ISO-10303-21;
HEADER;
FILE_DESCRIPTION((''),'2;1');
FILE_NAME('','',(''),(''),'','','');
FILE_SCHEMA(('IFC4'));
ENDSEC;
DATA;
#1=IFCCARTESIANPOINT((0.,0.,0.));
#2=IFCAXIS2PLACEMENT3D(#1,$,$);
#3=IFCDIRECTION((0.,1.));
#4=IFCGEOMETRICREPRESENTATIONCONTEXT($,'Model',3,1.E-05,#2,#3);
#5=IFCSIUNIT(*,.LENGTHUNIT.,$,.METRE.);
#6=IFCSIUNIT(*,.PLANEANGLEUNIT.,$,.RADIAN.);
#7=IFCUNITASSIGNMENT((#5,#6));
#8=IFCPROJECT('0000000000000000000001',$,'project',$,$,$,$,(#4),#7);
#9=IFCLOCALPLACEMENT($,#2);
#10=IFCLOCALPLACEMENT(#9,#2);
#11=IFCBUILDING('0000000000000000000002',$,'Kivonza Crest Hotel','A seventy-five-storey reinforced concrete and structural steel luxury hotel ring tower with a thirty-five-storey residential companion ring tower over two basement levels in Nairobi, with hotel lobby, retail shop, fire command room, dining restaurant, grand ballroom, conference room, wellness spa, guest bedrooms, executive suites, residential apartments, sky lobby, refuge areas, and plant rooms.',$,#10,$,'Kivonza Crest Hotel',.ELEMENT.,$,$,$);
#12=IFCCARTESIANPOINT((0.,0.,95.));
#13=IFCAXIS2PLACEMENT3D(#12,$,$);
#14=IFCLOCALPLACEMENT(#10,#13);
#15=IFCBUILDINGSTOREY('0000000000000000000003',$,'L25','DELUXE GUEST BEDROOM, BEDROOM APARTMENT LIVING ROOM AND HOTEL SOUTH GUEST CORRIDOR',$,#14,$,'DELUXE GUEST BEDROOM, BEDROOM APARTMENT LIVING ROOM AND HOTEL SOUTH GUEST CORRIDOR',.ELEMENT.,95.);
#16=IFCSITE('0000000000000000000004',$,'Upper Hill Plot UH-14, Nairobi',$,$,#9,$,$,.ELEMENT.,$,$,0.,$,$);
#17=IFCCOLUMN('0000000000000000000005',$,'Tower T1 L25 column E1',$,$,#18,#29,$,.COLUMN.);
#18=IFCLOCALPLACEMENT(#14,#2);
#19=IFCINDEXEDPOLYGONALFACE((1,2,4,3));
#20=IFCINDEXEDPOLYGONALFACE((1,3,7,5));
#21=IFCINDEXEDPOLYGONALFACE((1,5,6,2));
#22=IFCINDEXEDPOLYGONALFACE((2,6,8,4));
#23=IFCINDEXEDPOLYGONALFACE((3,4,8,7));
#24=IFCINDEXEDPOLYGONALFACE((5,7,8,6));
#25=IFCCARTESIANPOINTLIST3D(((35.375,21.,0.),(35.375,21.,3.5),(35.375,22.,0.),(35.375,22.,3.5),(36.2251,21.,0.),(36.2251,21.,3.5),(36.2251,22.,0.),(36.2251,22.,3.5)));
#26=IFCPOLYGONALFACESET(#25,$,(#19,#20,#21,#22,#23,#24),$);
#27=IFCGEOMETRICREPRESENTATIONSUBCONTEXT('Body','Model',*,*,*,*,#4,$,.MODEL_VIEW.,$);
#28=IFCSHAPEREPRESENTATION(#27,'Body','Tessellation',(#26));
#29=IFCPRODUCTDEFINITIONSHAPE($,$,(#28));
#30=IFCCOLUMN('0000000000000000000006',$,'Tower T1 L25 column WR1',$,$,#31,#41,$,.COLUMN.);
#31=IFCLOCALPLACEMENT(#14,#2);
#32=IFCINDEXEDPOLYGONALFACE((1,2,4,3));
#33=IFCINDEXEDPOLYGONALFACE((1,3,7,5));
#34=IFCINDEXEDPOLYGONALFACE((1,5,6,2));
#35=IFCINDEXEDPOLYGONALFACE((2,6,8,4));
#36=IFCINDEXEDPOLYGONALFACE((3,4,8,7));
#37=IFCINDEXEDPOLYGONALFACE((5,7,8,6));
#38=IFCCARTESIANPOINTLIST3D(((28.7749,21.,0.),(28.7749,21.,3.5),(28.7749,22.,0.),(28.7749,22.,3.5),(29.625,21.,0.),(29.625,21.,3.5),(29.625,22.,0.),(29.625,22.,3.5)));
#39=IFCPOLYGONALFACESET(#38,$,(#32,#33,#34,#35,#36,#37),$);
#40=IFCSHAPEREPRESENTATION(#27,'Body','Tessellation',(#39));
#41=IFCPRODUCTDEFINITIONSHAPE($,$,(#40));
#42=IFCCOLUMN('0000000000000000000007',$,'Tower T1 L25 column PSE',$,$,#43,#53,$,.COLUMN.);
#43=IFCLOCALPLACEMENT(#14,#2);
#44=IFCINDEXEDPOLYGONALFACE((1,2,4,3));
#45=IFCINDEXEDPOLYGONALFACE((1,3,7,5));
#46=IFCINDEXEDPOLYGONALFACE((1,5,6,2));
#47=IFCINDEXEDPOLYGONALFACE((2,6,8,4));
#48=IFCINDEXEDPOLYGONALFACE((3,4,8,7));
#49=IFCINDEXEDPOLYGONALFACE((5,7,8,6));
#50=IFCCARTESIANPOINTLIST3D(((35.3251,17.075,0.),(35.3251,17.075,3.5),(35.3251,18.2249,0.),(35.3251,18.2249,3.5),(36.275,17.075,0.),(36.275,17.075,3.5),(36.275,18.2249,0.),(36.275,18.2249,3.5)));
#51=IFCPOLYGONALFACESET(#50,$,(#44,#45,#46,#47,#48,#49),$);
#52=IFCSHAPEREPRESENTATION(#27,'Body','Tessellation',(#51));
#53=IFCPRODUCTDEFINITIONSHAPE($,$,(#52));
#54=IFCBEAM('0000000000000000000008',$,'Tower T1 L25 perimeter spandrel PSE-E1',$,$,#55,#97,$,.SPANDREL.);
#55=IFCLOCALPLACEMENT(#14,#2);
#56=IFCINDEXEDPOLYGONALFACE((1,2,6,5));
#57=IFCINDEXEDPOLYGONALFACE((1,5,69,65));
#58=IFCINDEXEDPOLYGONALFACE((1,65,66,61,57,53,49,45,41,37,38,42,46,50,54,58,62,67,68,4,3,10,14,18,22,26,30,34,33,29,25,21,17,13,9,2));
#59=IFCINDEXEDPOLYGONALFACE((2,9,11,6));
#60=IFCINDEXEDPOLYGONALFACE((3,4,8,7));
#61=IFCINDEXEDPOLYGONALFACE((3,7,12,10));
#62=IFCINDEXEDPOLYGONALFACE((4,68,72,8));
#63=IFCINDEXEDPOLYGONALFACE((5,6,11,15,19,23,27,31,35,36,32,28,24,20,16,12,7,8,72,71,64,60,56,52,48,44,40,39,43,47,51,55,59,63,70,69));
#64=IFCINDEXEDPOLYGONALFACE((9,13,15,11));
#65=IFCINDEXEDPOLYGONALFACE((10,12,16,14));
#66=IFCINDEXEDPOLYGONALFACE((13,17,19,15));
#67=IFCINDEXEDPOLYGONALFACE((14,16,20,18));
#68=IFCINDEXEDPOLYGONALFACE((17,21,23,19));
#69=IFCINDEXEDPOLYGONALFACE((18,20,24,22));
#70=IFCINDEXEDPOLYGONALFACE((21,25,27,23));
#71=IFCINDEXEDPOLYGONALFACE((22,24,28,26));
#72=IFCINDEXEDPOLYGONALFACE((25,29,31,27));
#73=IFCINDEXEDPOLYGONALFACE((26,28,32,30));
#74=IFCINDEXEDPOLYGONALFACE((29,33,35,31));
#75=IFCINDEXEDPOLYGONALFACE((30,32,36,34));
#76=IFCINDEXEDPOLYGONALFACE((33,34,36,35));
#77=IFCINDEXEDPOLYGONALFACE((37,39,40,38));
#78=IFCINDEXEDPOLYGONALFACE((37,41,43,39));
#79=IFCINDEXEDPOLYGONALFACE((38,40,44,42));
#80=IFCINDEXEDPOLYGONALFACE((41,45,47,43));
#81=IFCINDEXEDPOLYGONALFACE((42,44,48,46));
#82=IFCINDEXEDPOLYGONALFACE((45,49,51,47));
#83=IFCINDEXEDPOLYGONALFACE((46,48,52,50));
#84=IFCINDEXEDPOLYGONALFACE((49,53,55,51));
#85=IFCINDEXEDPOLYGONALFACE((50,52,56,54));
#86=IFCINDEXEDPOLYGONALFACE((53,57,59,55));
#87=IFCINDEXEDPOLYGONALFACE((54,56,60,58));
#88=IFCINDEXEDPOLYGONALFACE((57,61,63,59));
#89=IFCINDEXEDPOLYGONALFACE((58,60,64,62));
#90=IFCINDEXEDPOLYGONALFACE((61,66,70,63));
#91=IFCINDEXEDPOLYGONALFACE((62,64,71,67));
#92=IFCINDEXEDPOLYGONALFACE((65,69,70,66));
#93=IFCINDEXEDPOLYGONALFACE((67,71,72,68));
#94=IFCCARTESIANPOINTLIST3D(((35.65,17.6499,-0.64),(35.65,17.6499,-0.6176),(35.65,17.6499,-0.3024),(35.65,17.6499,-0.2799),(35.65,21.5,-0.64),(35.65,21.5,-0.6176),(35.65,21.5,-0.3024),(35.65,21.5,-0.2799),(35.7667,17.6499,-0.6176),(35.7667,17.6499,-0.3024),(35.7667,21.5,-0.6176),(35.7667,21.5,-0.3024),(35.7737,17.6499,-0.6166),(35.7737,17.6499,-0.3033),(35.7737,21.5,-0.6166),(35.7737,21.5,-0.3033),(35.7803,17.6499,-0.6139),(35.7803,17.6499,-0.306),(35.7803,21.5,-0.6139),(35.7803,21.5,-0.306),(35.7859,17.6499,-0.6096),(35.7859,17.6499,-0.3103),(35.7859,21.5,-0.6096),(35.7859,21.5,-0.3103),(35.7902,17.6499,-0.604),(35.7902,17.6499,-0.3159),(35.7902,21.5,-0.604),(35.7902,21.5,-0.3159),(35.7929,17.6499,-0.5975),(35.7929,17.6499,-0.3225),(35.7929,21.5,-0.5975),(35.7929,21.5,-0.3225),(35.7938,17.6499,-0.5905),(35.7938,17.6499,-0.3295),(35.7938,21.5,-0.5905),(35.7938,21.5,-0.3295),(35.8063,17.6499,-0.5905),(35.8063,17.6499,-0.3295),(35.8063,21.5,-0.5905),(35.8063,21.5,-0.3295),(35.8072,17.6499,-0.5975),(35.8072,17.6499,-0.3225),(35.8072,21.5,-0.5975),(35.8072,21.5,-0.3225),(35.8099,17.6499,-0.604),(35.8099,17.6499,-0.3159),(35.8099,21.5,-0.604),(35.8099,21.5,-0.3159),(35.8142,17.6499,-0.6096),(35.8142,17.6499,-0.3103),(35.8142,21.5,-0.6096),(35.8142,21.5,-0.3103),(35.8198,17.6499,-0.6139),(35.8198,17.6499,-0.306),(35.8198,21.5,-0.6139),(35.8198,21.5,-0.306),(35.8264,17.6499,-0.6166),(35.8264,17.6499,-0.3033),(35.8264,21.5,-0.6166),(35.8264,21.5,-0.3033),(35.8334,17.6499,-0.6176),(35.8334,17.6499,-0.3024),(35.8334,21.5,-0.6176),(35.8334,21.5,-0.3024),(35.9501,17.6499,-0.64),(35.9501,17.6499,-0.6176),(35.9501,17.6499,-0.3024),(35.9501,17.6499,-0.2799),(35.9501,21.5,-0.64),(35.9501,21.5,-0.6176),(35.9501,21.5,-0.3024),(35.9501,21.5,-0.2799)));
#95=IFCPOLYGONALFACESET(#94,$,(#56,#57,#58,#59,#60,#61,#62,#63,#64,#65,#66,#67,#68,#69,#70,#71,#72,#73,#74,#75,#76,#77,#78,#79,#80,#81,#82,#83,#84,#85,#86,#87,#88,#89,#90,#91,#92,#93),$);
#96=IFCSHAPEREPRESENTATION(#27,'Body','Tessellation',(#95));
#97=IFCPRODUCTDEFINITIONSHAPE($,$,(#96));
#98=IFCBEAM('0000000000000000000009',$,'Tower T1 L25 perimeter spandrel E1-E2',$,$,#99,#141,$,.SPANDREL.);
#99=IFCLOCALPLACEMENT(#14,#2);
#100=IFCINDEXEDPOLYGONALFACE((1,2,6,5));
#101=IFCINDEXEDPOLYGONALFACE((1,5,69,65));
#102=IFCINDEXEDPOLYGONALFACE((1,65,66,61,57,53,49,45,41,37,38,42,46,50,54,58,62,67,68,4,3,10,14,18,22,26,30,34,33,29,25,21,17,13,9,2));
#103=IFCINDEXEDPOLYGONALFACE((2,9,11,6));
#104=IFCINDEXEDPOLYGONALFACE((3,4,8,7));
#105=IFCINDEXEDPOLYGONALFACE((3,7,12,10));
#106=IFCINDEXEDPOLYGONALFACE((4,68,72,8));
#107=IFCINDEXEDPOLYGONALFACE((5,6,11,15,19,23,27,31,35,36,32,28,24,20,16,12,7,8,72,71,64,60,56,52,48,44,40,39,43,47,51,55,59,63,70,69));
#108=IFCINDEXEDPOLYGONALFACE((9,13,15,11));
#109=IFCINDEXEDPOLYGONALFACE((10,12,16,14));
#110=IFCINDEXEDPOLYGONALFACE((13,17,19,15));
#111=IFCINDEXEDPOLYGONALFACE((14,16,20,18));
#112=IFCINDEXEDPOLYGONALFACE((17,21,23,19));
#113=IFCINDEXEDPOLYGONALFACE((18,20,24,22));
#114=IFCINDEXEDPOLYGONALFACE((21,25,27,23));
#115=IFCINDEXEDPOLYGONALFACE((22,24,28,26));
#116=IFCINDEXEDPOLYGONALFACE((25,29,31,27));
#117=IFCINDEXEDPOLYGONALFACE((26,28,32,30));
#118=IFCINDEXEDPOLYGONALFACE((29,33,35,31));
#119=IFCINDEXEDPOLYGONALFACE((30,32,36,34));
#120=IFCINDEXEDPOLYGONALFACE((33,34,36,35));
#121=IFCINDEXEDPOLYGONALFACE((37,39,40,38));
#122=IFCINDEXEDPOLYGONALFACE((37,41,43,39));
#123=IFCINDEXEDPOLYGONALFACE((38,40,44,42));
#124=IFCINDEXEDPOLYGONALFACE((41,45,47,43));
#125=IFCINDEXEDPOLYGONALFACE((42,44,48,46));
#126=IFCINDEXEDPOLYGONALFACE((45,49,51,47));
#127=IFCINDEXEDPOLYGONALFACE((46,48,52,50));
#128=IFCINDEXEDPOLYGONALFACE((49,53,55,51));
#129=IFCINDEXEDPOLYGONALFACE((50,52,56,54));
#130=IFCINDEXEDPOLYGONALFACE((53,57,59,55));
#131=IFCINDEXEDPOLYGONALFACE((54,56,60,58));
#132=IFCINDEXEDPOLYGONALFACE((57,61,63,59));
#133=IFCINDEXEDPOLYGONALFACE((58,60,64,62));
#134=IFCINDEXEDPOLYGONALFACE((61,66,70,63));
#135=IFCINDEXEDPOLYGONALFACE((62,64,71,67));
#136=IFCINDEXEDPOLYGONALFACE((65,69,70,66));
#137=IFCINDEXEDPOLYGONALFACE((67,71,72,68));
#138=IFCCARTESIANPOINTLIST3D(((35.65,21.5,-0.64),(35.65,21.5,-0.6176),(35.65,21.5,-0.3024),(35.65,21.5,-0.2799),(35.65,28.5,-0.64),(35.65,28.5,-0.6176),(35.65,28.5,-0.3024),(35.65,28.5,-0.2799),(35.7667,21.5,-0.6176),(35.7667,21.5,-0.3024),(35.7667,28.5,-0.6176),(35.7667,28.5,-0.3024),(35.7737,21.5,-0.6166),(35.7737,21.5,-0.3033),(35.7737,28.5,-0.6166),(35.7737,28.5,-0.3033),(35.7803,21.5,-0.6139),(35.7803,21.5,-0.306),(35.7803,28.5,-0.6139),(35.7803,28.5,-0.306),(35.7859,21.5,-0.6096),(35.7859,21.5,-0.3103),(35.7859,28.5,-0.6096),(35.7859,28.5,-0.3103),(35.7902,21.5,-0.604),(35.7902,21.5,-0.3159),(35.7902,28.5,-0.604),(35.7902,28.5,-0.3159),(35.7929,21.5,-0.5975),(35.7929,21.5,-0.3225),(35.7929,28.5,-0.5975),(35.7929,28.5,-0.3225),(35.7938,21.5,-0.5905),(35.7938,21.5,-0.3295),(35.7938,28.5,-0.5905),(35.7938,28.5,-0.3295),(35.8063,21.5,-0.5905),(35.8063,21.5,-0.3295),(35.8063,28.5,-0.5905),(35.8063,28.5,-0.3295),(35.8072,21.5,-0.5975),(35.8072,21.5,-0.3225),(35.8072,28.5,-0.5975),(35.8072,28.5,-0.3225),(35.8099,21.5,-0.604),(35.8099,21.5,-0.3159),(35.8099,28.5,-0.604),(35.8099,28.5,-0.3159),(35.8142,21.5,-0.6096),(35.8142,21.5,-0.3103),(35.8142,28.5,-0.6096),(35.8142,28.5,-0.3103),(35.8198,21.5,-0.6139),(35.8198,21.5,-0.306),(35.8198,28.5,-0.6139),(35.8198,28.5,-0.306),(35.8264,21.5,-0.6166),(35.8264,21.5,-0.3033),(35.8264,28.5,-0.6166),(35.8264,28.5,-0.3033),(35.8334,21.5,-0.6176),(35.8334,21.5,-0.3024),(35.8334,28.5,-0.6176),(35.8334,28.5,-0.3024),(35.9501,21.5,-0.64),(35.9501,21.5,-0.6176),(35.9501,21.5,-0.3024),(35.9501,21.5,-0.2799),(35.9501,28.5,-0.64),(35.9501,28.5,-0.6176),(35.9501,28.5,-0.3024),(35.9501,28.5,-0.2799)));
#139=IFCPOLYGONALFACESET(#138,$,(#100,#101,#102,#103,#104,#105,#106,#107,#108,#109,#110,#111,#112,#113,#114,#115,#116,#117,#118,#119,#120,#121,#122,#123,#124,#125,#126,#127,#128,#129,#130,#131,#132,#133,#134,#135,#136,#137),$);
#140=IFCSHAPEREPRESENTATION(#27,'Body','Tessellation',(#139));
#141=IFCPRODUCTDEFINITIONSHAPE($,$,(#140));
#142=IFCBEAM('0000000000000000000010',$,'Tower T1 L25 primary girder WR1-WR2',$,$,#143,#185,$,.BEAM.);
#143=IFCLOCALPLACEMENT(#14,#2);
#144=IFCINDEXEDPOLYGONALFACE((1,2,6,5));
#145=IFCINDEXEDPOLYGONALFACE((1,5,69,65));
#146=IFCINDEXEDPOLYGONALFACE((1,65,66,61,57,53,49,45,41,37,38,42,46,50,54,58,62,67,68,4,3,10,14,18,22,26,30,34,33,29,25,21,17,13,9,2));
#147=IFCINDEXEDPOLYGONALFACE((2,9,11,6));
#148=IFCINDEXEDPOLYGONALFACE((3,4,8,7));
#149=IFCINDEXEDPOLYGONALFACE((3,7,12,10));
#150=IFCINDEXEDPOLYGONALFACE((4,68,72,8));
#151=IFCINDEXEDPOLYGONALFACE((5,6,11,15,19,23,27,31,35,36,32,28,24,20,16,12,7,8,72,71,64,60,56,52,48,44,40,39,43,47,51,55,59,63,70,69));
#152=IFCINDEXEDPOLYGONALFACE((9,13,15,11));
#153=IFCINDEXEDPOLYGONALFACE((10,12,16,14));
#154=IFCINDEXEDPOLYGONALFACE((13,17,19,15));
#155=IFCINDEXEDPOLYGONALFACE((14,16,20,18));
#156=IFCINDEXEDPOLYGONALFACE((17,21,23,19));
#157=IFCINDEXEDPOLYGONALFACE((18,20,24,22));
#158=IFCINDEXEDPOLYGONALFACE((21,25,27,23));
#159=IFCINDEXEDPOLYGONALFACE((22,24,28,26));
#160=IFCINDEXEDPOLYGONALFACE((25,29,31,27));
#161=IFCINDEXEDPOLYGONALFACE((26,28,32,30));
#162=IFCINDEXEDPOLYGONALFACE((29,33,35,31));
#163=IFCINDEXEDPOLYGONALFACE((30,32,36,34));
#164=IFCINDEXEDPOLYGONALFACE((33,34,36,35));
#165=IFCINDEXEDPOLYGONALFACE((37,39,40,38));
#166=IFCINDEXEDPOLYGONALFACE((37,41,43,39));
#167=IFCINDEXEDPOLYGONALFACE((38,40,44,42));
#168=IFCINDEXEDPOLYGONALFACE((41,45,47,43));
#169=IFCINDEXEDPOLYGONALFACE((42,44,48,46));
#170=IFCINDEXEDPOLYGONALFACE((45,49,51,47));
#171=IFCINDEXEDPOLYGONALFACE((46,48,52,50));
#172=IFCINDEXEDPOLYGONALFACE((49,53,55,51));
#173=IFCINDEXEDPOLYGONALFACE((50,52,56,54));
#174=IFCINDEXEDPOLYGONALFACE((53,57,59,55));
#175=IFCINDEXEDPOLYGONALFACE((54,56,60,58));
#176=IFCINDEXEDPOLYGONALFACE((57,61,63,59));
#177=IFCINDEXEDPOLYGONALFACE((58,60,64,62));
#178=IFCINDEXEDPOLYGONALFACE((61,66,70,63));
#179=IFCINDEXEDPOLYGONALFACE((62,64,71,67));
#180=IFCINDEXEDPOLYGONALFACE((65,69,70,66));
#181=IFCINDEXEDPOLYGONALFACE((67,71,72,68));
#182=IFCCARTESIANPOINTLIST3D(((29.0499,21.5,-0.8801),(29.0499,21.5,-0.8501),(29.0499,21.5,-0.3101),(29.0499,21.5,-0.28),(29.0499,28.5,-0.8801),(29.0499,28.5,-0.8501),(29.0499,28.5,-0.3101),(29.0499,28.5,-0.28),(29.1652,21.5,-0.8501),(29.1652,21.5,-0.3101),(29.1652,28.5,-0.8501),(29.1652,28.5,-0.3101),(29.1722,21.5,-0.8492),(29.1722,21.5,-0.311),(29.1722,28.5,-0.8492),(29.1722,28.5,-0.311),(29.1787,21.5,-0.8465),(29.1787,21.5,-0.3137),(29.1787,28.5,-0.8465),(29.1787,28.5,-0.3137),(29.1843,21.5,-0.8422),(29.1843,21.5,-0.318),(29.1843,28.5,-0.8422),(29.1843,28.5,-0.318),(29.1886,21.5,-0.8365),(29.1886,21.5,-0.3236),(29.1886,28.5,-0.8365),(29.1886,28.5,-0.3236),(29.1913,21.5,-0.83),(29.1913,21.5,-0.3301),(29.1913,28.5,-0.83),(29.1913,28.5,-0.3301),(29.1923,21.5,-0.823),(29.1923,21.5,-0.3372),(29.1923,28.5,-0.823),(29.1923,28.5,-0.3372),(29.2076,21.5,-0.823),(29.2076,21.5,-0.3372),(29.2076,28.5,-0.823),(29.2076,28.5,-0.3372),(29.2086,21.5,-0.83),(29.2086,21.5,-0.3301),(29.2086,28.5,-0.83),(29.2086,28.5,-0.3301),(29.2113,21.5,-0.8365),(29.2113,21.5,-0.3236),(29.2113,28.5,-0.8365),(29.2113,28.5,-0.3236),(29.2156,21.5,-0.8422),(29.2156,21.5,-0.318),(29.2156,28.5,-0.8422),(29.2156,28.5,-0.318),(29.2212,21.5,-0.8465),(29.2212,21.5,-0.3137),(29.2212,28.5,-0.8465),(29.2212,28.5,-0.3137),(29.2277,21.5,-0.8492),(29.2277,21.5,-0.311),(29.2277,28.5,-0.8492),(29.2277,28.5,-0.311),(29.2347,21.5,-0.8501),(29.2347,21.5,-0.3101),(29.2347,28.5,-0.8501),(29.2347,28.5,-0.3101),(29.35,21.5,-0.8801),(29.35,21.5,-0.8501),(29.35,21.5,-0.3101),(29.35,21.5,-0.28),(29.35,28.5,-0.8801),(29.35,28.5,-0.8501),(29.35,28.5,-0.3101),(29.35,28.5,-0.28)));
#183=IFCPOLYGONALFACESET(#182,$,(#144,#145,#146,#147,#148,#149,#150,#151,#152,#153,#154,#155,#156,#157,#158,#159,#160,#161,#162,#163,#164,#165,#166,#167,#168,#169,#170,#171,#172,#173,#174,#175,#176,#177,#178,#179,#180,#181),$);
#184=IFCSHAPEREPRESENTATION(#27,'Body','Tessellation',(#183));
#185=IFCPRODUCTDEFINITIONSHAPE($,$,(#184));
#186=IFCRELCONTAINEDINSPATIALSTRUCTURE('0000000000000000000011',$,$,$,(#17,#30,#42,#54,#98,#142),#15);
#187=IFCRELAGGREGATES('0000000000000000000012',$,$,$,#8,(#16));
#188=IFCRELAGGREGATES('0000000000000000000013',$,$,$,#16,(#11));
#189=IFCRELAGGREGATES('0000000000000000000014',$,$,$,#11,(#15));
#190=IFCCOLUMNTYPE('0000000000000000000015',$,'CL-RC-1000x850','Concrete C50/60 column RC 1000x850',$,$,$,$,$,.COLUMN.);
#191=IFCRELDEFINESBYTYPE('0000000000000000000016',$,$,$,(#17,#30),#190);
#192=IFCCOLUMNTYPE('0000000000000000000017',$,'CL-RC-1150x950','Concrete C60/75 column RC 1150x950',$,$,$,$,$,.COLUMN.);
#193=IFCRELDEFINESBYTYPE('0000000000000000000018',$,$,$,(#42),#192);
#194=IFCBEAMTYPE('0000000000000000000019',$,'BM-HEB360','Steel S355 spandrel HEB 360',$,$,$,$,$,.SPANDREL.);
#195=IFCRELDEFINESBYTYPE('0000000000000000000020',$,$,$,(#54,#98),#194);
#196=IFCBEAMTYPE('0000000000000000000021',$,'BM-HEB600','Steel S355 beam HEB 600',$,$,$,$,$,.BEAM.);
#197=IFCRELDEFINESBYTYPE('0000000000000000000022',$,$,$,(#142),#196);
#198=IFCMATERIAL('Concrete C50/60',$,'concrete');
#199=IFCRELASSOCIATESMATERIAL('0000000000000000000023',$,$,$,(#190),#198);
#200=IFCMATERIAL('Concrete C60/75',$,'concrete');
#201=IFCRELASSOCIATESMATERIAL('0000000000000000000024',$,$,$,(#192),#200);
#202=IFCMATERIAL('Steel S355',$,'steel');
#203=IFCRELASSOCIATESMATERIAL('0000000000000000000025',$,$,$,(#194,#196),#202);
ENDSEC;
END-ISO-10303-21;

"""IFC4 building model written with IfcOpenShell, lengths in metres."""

from ifc_helpers import new_model, si_unit, direction, frame, origin, origin_2d, place, context, subcontext, project, spatial, rectangle, i_section, extrude, material, material_profile, profile_set, type_object, element, save


model = new_model("IFC4")

# Units and contexts
model_context = context("Model", 3, precision=1e-05, world=origin(), true_north=direction((0.0, 1.0)))
body_context = subcontext(model_context, "Body", "Model", "MODEL_VIEW")
ifc_project = project(units=[si_unit("LENGTHUNIT", "METRE"), si_unit("PLANEANGLEUNIT", "RADIAN")], contexts=[model_context])

# Site, building, storey
site_placement = place(None, origin())
site = spatial("IfcSite", under=ifc_project, at=site_placement, Name="Upper Hill Plot UH-14, Nairobi", CompositionType="ELEMENT", RefElevation=0.0)
building_placement = place(site_placement, origin())
building = spatial("IfcBuilding", under=site, at=building_placement, Name="Kivonza Crest Hotel", Description="A seventy-five-storey reinforced concrete and structural steel luxury hotel ring tower with a thirty-five-storey residential companion ring tower over two basement levels in Nairobi, with hotel lobby, retail shop, fire command room, dining restaurant, grand ballroom, conference room, wellness spa, guest bedrooms, executive suites, residential apartments, sky lobby, refuge areas, and plant rooms.", LongName="Kivonza Crest Hotel", CompositionType="ELEMENT")
storey_placement = place(building_placement, frame((0.0, 0.0, 95.0)))
storey = spatial("IfcBuildingStorey", under=building, at=storey_placement, Name="L25", Description="DELUXE GUEST BEDROOM, BEDROOM APARTMENT LIVING ROOM AND HOTEL SOUTH GUEST CORRIDOR", LongName="DELUXE GUEST BEDROOM, BEDROOM APARTMENT LIVING ROOM AND HOTEL SOUTH GUEST CORRIDOR", CompositionType="ELEMENT", Elevation=95.0)

# Columns
ifc_material_1 = material(Name="Concrete C50/60", Category="concrete")
ifc_material_profile_1 = material_profile(ifc_material_1, rectangle(XDim=0.8501, YDim=1.0, at=origin_2d()), Name="RC 1000x850")
ifc_profile_set_1 = profile_set([ifc_material_profile_1], Name="Concrete C50/60")
column_type_1 = type_object("IfcColumnType", Name="CL-RC-1000x850", Description="Concrete C50/60 column RC 1000x850", PredefinedType="COLUMN", material=ifc_profile_set_1)
for number, where, z_axis, x_axis, name in (
    (1, (35.8, 21.5, 0.0), (0.0, 0.0, 1.0), (1.0, 0.0, 0.0), "Tower T1 L25 column E1"),
    (2, (29.2, 21.5, 0.0), (0.0, 0.0, 1.0), (1.0, 0.0, 0.0), "Tower T1 L25 column WR1"),
):
    element("IfcColumn", number, at=place(storey_placement, frame(where, z_axis=z_axis, x_axis=x_axis)), inside=storey, type_object=column_type_1, Name=name, PredefinedType="COLUMN", context=body_context, shape_type="SweptSolid", body=[
        extrude(rectangle(XDim=0.8501, YDim=1.0, at=origin_2d()), origin(), (0.0, 0.0, 1.0), 3.5),
    ])
ifc_material_2 = material(Name="Concrete C60/75", Category="concrete")
ifc_material_profile_2 = material_profile(ifc_material_2, rectangle(XDim=0.95, YDim=1.1499, at=origin_2d()), Name="RC 1150x950")
ifc_profile_set_2 = profile_set([ifc_material_profile_2], Name="Concrete C60/75")
column_type_2 = type_object("IfcColumnType", Name="CL-RC-1150x950", Description="Concrete C60/75 column RC 1150x950", PredefinedType="COLUMN", material=ifc_profile_set_2)
column_placement = place(storey_placement, frame((35.8, 17.6499, 0.0), z_axis=(0.0, 0.0, 1.0), x_axis=(1.0, 0.0, 0.0)))
element("IfcColumn", 3, at=column_placement, inside=storey, type_object=column_type_2, Name="Tower T1 L25 column PSE", PredefinedType="COLUMN", context=body_context, shape_type="SweptSolid", body=[
    extrude(rectangle(XDim=0.95, YDim=1.1499, at=origin_2d()), origin(), (0.0, 0.0, 1.0), 3.5),
])

# Beams
ifc_material_3 = material(Name="Steel S355", Category="steel")
ifc_material_profile_3 = material_profile(ifc_material_3, i_section(OverallWidth=0.3, OverallDepth=0.3601, WebThickness=0.0125, FlangeThickness=0.0225, FilletRadius=0.0271, at=origin_2d()), Name="HEB 360")
ifc_profile_set_3 = profile_set([ifc_material_profile_3], Name="Steel S355")
beam_type_1 = type_object("IfcBeamType", Name="BM-HEB360", Description="Steel S355 spandrel HEB 360", PredefinedType="SPANDREL", material=ifc_profile_set_3)
beam_1_placement = place(storey_placement, frame((35.8, 17.6499, -0.46), z_axis=(0.0, 1.0, 0.0), x_axis=(-1.0, 0.0, 0.0)))
element("IfcBeam", 4, at=beam_1_placement, inside=storey, type_object=beam_type_1, Name="Tower T1 L25 perimeter spandrel PSE-E1", PredefinedType="SPANDREL", context=body_context, shape_type="SweptSolid", body=[
    extrude(i_section(OverallWidth=0.3, OverallDepth=0.3601, WebThickness=0.0125, FlangeThickness=0.0225, FilletRadius=0.0271, at=origin_2d()), origin(), (0.0, 0.0, 1.0), 3.8501),
])
beam_2_placement = place(storey_placement, frame((35.8, 21.5, -0.46), z_axis=(0.0, 1.0, 0.0), x_axis=(-1.0, 0.0, 0.0)))
element("IfcBeam", 5, at=beam_2_placement, inside=storey, type_object=beam_type_1, Name="Tower T1 L25 perimeter spandrel E1-E2", PredefinedType="SPANDREL", context=body_context, shape_type="SweptSolid", body=[
    extrude(i_section(OverallWidth=0.3, OverallDepth=0.3601, WebThickness=0.0125, FlangeThickness=0.0225, FilletRadius=0.0271, at=origin_2d()), origin(), (0.0, 0.0, 1.0), 7.0),
])
ifc_material_profile_4 = material_profile(ifc_material_3, i_section(OverallWidth=0.3, OverallDepth=0.6001, WebThickness=0.0154, FlangeThickness=0.03, FilletRadius=0.0271, at=origin_2d()), Name="HEB 600")
ifc_profile_set_4 = profile_set([ifc_material_profile_4], Name="Steel S355")
beam_type_2 = type_object("IfcBeamType", Name="BM-HEB600", Description="Steel S355 beam HEB 600", PredefinedType="BEAM", material=ifc_profile_set_4)
beam_3_placement = place(storey_placement, frame((29.2, 21.5, -0.5801), z_axis=(0.0, 1.0, 0.0), x_axis=(-1.0, 0.0, 0.0)))
element("IfcBeam", 6, at=beam_3_placement, inside=storey, type_object=beam_type_2, Name="Tower T1 L25 primary girder WR1-WR2", PredefinedType="BEAM", context=body_context, shape_type="SweptSolid", body=[
    extrude(i_section(OverallWidth=0.3, OverallDepth=0.6001, WebThickness=0.0154, FlangeThickness=0.03, FilletRadius=0.0271, at=origin_2d()), origin(), (0.0, 0.0, 1.0), 7.0),
])

save(model, "model.ifc")
